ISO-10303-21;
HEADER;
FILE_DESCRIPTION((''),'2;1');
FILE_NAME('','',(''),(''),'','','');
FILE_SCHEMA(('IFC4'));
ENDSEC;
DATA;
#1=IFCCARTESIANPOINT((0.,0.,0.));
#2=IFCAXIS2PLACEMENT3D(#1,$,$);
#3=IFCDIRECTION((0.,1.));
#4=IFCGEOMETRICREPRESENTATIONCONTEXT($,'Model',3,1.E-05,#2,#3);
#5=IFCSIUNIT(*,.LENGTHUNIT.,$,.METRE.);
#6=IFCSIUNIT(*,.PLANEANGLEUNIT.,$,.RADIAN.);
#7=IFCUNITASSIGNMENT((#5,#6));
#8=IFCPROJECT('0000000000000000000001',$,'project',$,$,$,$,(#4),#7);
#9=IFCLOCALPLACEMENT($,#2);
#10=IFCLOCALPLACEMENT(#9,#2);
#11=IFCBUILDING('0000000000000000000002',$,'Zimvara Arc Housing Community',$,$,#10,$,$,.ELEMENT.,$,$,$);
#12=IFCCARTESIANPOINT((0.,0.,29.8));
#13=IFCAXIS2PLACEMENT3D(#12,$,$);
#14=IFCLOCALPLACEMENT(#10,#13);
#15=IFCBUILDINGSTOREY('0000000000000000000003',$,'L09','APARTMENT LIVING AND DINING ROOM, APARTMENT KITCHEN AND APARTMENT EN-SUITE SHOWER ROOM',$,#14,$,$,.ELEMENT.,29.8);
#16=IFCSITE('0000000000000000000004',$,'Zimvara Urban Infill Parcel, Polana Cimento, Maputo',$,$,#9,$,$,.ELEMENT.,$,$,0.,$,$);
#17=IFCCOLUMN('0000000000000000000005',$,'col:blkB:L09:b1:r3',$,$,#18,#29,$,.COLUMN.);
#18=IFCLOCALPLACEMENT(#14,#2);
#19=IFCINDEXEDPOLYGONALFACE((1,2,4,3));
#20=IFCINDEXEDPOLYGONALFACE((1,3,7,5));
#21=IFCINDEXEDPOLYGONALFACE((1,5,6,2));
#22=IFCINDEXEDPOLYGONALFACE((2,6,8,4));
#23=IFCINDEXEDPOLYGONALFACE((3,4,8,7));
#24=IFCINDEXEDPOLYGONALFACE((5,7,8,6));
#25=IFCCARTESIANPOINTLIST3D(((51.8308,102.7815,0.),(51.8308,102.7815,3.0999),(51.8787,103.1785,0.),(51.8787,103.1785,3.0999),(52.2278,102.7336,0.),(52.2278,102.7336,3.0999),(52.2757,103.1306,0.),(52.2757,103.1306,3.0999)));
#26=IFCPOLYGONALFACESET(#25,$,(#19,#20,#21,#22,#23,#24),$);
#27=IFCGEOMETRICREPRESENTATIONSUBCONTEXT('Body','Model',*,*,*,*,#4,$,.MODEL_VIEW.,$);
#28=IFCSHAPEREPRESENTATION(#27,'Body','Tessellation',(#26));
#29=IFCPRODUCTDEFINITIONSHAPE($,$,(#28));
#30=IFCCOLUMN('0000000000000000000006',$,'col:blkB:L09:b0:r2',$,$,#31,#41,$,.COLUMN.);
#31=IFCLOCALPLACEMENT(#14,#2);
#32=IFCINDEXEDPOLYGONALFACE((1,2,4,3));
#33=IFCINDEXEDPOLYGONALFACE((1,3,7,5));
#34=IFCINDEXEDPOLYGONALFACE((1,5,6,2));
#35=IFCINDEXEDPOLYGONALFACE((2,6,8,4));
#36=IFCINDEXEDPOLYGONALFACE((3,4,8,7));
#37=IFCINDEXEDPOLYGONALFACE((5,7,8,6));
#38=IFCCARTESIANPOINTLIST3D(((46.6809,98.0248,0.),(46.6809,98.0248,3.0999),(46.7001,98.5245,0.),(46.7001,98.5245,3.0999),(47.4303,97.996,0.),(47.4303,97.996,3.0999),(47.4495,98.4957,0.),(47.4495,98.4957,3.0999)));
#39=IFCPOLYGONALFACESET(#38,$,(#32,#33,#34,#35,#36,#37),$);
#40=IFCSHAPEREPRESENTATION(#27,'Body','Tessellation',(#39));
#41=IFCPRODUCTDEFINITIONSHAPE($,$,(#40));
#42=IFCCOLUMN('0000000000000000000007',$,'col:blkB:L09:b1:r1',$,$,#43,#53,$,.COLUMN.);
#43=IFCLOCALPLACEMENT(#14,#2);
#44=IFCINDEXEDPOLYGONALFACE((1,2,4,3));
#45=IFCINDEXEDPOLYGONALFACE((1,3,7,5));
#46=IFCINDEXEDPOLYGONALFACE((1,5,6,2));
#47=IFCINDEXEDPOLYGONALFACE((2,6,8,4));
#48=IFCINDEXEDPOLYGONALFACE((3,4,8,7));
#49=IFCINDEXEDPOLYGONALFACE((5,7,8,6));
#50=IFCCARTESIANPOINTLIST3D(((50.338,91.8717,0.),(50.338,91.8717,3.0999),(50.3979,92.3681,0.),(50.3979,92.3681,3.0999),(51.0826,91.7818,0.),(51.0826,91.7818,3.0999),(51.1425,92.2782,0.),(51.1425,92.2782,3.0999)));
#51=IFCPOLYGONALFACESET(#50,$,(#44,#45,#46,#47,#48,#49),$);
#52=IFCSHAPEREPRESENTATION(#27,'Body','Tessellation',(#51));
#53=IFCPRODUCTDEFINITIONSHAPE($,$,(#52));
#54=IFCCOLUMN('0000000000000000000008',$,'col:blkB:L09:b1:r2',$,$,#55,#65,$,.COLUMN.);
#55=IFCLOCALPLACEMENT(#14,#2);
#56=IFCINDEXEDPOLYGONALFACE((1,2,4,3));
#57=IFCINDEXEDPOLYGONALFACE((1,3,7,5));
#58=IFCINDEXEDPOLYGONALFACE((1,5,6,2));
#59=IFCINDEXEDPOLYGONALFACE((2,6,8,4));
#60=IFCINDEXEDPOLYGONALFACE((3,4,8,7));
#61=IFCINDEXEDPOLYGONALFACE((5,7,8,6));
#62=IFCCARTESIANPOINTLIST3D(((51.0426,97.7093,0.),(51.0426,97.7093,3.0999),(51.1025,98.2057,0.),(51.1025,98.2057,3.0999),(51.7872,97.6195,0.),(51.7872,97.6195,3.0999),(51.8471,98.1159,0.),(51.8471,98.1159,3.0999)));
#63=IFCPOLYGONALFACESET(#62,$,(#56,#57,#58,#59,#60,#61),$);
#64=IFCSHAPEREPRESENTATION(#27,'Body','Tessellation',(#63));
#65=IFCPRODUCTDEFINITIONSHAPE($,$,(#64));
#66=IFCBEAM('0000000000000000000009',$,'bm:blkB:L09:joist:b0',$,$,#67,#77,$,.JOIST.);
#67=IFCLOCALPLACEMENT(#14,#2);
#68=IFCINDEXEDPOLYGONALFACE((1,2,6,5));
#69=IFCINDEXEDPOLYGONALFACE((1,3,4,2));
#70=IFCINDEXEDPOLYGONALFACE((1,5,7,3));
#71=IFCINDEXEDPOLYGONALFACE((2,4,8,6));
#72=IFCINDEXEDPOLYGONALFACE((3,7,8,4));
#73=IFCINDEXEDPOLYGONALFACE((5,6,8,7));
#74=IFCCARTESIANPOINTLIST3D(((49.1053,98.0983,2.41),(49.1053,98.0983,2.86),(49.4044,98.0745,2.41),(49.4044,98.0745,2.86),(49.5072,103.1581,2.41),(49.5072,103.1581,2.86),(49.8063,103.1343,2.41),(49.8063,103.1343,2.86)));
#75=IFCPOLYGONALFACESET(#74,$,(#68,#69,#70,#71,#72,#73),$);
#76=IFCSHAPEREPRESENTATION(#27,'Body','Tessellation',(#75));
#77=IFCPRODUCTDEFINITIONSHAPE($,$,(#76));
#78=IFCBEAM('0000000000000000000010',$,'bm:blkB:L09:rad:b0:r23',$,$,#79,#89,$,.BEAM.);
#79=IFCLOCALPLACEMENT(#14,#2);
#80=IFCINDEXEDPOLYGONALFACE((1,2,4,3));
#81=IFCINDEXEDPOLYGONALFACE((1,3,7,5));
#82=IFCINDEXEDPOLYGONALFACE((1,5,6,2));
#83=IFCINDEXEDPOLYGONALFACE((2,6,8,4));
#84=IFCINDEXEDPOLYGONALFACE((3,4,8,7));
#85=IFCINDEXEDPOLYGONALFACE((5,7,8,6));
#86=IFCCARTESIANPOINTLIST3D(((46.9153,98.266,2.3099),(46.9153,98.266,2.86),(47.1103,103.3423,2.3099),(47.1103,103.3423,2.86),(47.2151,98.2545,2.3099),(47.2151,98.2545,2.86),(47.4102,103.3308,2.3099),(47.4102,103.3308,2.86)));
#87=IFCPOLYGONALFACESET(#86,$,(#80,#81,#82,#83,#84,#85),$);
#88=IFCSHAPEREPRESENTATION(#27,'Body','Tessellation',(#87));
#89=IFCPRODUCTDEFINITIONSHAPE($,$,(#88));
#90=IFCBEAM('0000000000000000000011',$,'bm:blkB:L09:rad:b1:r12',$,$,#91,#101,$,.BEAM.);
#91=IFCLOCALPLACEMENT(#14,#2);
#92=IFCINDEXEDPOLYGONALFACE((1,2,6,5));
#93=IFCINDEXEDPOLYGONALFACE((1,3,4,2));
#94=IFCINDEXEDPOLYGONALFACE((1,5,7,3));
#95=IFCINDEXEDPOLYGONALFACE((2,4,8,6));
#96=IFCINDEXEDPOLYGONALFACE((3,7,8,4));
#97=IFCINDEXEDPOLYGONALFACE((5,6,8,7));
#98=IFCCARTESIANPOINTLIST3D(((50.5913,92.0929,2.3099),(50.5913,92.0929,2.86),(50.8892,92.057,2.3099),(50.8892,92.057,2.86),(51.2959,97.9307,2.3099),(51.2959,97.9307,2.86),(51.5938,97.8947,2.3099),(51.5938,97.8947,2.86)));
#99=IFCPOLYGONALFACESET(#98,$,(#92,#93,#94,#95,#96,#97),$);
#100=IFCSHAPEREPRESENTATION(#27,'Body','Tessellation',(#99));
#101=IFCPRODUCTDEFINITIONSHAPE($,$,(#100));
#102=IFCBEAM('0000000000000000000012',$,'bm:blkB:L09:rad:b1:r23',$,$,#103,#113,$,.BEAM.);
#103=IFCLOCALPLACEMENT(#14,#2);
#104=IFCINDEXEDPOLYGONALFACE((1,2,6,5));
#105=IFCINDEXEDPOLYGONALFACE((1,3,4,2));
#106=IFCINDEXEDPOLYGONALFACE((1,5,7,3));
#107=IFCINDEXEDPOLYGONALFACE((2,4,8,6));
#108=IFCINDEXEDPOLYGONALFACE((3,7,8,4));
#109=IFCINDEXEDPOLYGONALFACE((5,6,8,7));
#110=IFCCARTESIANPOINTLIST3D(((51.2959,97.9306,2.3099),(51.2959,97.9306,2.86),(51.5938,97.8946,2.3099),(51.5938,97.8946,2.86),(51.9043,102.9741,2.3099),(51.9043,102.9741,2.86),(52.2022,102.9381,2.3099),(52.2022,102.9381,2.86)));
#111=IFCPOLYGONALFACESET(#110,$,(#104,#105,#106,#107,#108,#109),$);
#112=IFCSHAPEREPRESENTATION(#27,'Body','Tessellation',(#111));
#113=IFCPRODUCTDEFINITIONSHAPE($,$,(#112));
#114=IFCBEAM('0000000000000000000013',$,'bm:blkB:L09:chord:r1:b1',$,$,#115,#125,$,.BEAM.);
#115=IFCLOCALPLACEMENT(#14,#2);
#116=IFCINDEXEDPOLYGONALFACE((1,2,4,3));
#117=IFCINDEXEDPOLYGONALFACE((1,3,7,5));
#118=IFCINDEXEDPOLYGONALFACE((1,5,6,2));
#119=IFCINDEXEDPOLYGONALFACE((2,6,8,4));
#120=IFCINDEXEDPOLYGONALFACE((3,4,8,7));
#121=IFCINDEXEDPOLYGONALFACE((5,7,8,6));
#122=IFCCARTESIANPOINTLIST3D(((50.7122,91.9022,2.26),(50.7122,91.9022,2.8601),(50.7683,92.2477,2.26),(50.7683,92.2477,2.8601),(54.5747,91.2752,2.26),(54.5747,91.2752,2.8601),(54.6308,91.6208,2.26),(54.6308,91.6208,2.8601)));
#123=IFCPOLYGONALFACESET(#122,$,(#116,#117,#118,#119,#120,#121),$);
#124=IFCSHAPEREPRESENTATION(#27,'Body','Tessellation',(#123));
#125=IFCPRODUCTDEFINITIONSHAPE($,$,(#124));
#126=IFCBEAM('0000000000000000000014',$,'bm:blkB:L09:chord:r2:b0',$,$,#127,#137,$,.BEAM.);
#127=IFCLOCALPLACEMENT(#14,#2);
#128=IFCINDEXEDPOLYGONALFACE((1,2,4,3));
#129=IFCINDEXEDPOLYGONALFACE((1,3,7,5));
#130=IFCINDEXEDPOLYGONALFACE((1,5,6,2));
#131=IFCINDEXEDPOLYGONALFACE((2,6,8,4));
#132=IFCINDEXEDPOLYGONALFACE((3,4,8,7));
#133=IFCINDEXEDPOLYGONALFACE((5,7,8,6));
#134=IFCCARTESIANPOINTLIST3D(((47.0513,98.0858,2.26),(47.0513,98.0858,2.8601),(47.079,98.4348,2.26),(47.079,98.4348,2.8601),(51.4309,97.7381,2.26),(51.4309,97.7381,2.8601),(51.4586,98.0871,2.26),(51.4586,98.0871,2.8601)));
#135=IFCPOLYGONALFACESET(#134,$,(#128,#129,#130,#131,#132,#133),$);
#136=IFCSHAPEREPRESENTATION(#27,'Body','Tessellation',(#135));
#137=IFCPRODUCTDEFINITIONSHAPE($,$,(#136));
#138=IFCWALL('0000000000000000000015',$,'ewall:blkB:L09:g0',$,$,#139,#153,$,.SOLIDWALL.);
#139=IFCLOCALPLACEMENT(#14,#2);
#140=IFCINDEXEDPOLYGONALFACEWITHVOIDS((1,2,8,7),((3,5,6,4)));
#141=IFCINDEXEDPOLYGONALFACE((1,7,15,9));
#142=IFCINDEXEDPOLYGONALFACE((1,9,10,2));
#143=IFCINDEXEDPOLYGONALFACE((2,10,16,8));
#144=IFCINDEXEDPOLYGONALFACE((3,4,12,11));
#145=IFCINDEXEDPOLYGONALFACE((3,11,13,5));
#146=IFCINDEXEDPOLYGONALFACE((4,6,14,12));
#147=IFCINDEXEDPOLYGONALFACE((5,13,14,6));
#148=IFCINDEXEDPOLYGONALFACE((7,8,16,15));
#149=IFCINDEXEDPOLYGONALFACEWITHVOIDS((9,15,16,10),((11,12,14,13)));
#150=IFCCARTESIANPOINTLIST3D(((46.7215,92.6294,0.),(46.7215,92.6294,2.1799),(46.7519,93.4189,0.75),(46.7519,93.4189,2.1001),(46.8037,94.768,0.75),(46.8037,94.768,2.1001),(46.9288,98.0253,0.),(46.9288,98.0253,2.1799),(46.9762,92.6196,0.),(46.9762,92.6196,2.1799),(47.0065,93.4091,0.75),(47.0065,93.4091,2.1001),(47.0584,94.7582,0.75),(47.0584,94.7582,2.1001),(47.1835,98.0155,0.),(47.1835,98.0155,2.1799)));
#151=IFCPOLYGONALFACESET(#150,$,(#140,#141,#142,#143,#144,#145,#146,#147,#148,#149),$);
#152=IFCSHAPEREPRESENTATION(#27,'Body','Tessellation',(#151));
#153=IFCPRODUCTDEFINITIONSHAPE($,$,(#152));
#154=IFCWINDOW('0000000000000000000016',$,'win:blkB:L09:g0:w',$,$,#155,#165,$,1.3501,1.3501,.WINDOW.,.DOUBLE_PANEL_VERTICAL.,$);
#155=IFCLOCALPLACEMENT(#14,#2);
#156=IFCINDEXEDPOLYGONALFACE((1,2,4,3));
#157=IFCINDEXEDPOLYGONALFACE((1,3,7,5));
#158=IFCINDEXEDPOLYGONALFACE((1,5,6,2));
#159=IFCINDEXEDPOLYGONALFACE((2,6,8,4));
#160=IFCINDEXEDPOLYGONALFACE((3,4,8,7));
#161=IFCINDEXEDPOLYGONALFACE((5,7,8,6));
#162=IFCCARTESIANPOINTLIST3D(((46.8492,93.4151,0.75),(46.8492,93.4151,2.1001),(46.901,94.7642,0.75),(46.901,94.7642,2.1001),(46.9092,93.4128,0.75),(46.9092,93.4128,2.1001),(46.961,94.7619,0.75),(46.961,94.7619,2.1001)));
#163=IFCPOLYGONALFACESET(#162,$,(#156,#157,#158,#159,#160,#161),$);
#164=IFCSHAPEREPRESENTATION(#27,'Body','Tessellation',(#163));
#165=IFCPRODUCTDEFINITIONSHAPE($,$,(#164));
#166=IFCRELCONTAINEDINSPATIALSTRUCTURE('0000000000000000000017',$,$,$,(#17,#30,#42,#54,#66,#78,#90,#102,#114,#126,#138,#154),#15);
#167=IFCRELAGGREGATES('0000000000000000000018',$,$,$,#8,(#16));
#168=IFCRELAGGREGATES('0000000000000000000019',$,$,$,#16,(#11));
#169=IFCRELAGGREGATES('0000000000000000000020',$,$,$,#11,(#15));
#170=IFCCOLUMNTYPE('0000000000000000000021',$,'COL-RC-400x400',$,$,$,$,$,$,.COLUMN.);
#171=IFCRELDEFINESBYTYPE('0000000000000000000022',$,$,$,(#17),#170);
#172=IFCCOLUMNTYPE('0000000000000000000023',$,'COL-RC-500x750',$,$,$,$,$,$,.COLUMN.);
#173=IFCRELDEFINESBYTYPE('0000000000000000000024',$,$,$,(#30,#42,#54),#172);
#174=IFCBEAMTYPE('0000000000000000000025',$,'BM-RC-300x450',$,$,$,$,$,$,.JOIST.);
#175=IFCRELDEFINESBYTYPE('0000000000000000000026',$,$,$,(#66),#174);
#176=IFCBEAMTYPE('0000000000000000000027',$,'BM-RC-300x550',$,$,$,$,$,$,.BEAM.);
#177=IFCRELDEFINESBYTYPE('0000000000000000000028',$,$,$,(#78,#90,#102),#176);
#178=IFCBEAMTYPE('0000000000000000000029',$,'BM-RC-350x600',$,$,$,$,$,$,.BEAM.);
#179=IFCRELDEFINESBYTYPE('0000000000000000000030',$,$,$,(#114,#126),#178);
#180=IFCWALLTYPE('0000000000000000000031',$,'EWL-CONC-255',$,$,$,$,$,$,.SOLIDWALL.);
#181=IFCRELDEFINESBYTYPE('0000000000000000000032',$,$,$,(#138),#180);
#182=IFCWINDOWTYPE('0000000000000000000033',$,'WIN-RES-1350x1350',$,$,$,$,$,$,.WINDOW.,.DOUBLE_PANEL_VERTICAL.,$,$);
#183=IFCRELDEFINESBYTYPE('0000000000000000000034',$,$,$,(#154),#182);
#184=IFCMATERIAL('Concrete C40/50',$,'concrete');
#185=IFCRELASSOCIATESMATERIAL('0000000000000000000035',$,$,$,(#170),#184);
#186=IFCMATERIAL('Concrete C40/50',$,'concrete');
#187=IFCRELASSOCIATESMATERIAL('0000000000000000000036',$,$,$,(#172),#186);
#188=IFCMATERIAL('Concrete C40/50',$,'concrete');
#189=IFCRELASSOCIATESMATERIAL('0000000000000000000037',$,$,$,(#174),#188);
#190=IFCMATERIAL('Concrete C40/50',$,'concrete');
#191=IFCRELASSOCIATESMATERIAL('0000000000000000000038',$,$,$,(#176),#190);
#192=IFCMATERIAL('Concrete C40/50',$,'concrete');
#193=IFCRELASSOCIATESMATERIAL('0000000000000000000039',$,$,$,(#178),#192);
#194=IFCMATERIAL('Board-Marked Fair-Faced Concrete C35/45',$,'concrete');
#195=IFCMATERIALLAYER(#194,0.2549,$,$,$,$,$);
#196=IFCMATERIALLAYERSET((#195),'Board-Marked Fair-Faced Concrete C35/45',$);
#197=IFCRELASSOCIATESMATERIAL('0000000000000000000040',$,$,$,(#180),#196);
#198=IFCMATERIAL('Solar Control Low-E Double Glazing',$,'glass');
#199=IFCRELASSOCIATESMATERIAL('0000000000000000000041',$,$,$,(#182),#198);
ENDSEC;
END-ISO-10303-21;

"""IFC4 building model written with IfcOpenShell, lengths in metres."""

from ifc_helpers import new_model, si_unit, direction, frame, frame_2d, origin, origin_2d, place, context, subcontext, project, spatial, rectangle, extrude, material, layer, layer_set, material_profile, profile_set, type_object, element, fill, save


model = new_model("IFC4")

# Units and contexts
model_context = context("Model", 3, precision=1e-05, world=origin(), true_north=direction((0.0, 1.0)))
body_context = subcontext(model_context, "Body", "Model", "MODEL_VIEW")
ifc_project = project(units=[si_unit("LENGTHUNIT", "METRE"), si_unit("PLANEANGLEUNIT", "RADIAN")], contexts=[model_context])

# Site, building, storey
site_placement = place(None, origin())
site = spatial("IfcSite", under=ifc_project, at=site_placement, Name="Zimvara Urban Infill Parcel, Polana Cimento, Maputo", CompositionType="ELEMENT", RefElevation=0.0)
building_placement = place(site_placement, origin())
building = spatial("IfcBuilding", under=site, at=building_placement, Name="Zimvara Arc Housing Community", CompositionType="ELEMENT")
storey_placement = place(building_placement, frame((0.0, 0.0, 29.8)))
storey = spatial("IfcBuildingStorey", under=building, at=storey_placement, Name="L09", Description="APARTMENT LIVING AND DINING ROOM, APARTMENT KITCHEN AND APARTMENT EN-SUITE SHOWER ROOM", CompositionType="ELEMENT", Elevation=29.8)

# Columns
ifc_material_1 = material(Name="Concrete C40/50", Category="concrete")
ifc_material_profile_1 = material_profile(ifc_material_1, rectangle(XDim=0.3999, YDim=0.3999, at=origin_2d()), Name="RC 400x400")
ifc_profile_set_1 = profile_set([ifc_material_profile_1], Name="Concrete C40/50")
column_type_1 = type_object("IfcColumnType", Name="COL-RC-400x400", PredefinedType="COLUMN", material=ifc_profile_set_1)
column_placement = place(storey_placement, frame((52.0532, 102.9561, 0.0), z_axis=(0.0, 0.0, 1.0), x_axis=(0.11979, 0.992799, 0.0)))
element("IfcColumn", 1, at=column_placement, inside=storey, type_object=column_type_1, Name="col:blkB:L09:b1:r3", PredefinedType="COLUMN", context=body_context, shape_type="SweptSolid", body=[
    extrude(rectangle(XDim=0.3999, YDim=0.3999, at=origin_2d()), origin(), (0.0, 0.0, 1.0), 3.0999),
])
ifc_material_2 = material(Name="Concrete C40/50", Category="concrete")
ifc_material_profile_2 = material_profile(ifc_material_2, rectangle(XDim=0.5, YDim=0.75, at=origin_2d()), Name="RC 500x750")
ifc_profile_set_2 = profile_set([ifc_material_profile_2], Name="Concrete C40/50")
column_type_2 = type_object("IfcColumnType", Name="COL-RC-500x750", PredefinedType="COLUMN", material=ifc_profile_set_2)
for number, where, z_axis, x_axis, name in (
    (2, (47.0652, 98.2603, 0.0), (0.0, 0.0, 1.0), (0.038388, 0.999263, 0.0), "col:blkB:L09:b0:r2"),
    (3, (50.7402, 92.075, 0.0), (0.0, 0.0, 1.0), (0.11979, 0.992799, 0.0), "col:blkB:L09:b1:r1"),
    (4, (51.4448, 97.9126, 0.0), (0.0, 0.0, 1.0), (0.11979, 0.992799, 0.0), "col:blkB:L09:b1:r2"),
):
    element("IfcColumn", number, at=place(storey_placement, frame(where, z_axis=z_axis, x_axis=x_axis)), inside=storey, type_object=column_type_2, Name=name, PredefinedType="COLUMN", context=body_context, shape_type="SweptSolid", body=[
        extrude(rectangle(XDim=0.5, YDim=0.75, at=origin_2d()), origin(), (0.0, 0.0, 1.0), 3.0999),
    ])

# Beams
ifc_material_3 = material(Name="Concrete C40/50", Category="concrete")
ifc_material_profile_3 = material_profile(ifc_material_3, rectangle(XDim=0.3, YDim=0.45, at=origin_2d()), Name="RC 300x450")
ifc_profile_set_3 = profile_set([ifc_material_profile_3], Name="Concrete C40/50")
beam_type_1 = type_object("IfcBeamType", Name="BM-RC-300x450", PredefinedType="JOIST", material=ifc_profile_set_3)
beam_1_placement = place(storey_placement, frame((49.2549, 98.0864, 2.635), z_axis=(0.079172, 0.996861, 0.0), x_axis=(-0.996861, 0.079172, 0.0)))
element("IfcBeam", 5, at=beam_1_placement, inside=storey, type_object=beam_type_1, Name="bm:blkB:L09:joist:b0", PredefinedType="JOIST", context=body_context, shape_type="SweptSolid", body=[
    extrude(rectangle(XDim=0.3, YDim=0.45, at=origin_2d()), origin(), (0.0, 0.0, 1.0), 5.0757),
])
ifc_material_4 = material(Name="Concrete C40/50", Category="concrete")
ifc_material_profile_4 = material_profile(ifc_material_4, rectangle(XDim=0.3, YDim=0.55, at=origin_2d()), Name="RC 300x550")
ifc_profile_set_4 = profile_set([ifc_material_profile_4], Name="Concrete C40/50")
beam_type_2 = type_object("IfcBeamType", Name="BM-RC-300x550", PredefinedType="BEAM", material=ifc_profile_set_4)
beam_2_placement = place(storey_placement, frame((47.0652, 98.2603, 2.585), z_axis=(0.038398, 0.999263, 0.0), x_axis=(-0.999263, 0.038398, 0.0)))
element("IfcBeam", 6, at=beam_2_placement, inside=storey, type_object=beam_type_2, Name="bm:blkB:L09:rad:b0:r23", PredefinedType="BEAM", context=body_context, shape_type="SweptSolid", body=[
    extrude(rectangle(XDim=0.3, YDim=0.55, at=origin_2d()), origin(), (0.0, 0.0, 1.0), 5.0801),
])
beam_3_placement = place(storey_placement, frame((50.7402, 92.075, 2.585), z_axis=(0.119828, 0.992795, 0.0), x_axis=(-0.992795, 0.119828, 0.0)))
element("IfcBeam", 7, at=beam_3_placement, inside=storey, type_object=beam_type_2, Name="bm:blkB:L09:rad:b1:r12", PredefinedType="BEAM", context=body_context, shape_type="SweptSolid", body=[
    extrude(rectangle(XDim=0.3, YDim=0.55, at=origin_2d()), origin(), (0.0, 0.0, 1.0), 5.8801),
])
beam_4_placement = place(storey_placement, frame((51.4448, 97.9126, 2.585), z_axis=(0.119763, 0.992803, 0.0), x_axis=(-0.992803, 0.119763, 0.0)))
element("IfcBeam", 8, at=beam_4_placement, inside=storey, type_object=beam_type_2, Name="bm:blkB:L09:rad:b1:r23", PredefinedType="BEAM", context=body_context, shape_type="SweptSolid", body=[
    extrude(rectangle(XDim=0.3, YDim=0.55, at=origin_2d()), origin(), (0.0, 0.0, 1.0), 5.0801),
])
ifc_material_5 = material(Name="Concrete C40/50", Category="concrete")
ifc_material_profile_5 = material_profile(ifc_material_5, rectangle(XDim=0.3501, YDim=0.6001, at=origin_2d()), Name="RC 350x600")
ifc_profile_set_5 = profile_set([ifc_material_profile_5], Name="Concrete C40/50")
beam_type_3 = type_object("IfcBeamType", Name="BM-RC-350x600", PredefinedType="BEAM", material=ifc_profile_set_5)
beam_5_placement = place(storey_placement, frame((50.7402, 92.075, 2.5601), z_axis=(0.987081, -0.160219, 0.0), x_axis=(0.160219, 0.987081, 0.0)))
element("IfcBeam", 9, at=beam_5_placement, inside=storey, type_object=beam_type_3, Name="bm:blkB:L09:chord:r1:b1", PredefinedType="BEAM", context=body_context, shape_type="SweptSolid", body=[
    extrude(rectangle(XDim=0.3501, YDim=0.6001, at=origin_2d()), origin(), (0.0, 0.0, 1.0), 3.9131),
])
beam_6_placement = place(storey_placement, frame((47.0652, 98.2603, 2.5601), z_axis=(0.996864, -0.079131, 0.0), x_axis=(0.079131, 0.996864, 0.0)))
element("IfcBeam", 10, at=beam_6_placement, inside=storey, type_object=beam_type_3, Name="bm:blkB:L09:chord:r2:b0", PredefinedType="BEAM", context=body_context, shape_type="SweptSolid", body=[
    extrude(rectangle(XDim=0.3501, YDim=0.6001, at=origin_2d()), origin(), (0.0, 0.0, 1.0), 4.3933),
])

# Wall, opening, window
ifc_material_6 = material(Name="Board-Marked Fair-Faced Concrete C35/45", Category="concrete")
ifc_layer_1 = layer(ifc_material_6, 0.2549)
ifc_layer_set_1 = layer_set([ifc_layer_1], Name="Board-Marked Fair-Faced Concrete C35/45")
wall_type_1 = type_object("IfcWallType", Name="EWL-CONC-255", PredefinedType="SOLIDWALL", material=ifc_layer_set_1)
wall_1_placement = place(storey_placement, frame((46.8489, 92.6245, 0.0), z_axis=(0.0, 0.0, 1.0), x_axis=(0.038385, 0.999263, 0.0)))
wall_1 = element("IfcWall", 11, at=wall_1_placement, inside=storey, type_object=wall_type_1, Name="ewall:blkB:L09:g0", PredefinedType="SOLIDWALL", context=body_context, shape_type="SweptSolid", body=[
    extrude(rectangle(XDim=5.3999, YDim=0.2549, at=frame_2d((2.7, 0.0))), origin(), (0.0, 0.0, 1.0), 2.1799),
])
opening_1_placement = place(wall_1_placement, frame((0.79, 0.0, 0.75)))
opening_1 = element("IfcOpeningElement", 12, at=opening_1_placement, cuts=wall_1, PredefinedType="OPENING", context=body_context, shape_type="SweptSolid", body=[
    extrude(rectangle(XDim=1.3501, YDim=1.3501, at=frame_2d((0.675, 0.675))), frame((0.0, 0.1375, 0.0), z_axis=(0.0, -1.0, 0.0), x_axis=(1.0, 0.0, 0.0)), (0.0, 0.0, 1.0), 0.2749),
])
ifc_material_7 = material(Name="Solar Control Low-E Double Glazing", Category="glass")
window_type_1 = type_object("IfcWindowType", Name="WIN-RES-1350x1350", PartitioningType="DOUBLE_PANEL_VERTICAL", PredefinedType="WINDOW", material=ifc_material_7)
window_1_placement = place(opening_1_placement, origin())
window_1 = element("IfcWindow", 13, at=window_1_placement, inside=storey, type_object=window_type_1, Name="win:blkB:L09:g0:w", OverallHeight=1.3501, OverallWidth=1.3501, PartitioningType="DOUBLE_PANEL_VERTICAL", PredefinedType="WINDOW", context=body_context, shape_type="SweptSolid", body=[
    extrude(rectangle(XDim=1.3501, YDim=1.3501, at=frame_2d((0.675, 0.675))), frame((0.0, 0.03, 0.0), z_axis=(0.0, -1.0, 0.0), x_axis=(1.0, 0.0, 0.0)), (0.0, 0.0, 1.0), 0.0601),
])
fill(opening_1, window_1)

save(model, "model.ifc")
